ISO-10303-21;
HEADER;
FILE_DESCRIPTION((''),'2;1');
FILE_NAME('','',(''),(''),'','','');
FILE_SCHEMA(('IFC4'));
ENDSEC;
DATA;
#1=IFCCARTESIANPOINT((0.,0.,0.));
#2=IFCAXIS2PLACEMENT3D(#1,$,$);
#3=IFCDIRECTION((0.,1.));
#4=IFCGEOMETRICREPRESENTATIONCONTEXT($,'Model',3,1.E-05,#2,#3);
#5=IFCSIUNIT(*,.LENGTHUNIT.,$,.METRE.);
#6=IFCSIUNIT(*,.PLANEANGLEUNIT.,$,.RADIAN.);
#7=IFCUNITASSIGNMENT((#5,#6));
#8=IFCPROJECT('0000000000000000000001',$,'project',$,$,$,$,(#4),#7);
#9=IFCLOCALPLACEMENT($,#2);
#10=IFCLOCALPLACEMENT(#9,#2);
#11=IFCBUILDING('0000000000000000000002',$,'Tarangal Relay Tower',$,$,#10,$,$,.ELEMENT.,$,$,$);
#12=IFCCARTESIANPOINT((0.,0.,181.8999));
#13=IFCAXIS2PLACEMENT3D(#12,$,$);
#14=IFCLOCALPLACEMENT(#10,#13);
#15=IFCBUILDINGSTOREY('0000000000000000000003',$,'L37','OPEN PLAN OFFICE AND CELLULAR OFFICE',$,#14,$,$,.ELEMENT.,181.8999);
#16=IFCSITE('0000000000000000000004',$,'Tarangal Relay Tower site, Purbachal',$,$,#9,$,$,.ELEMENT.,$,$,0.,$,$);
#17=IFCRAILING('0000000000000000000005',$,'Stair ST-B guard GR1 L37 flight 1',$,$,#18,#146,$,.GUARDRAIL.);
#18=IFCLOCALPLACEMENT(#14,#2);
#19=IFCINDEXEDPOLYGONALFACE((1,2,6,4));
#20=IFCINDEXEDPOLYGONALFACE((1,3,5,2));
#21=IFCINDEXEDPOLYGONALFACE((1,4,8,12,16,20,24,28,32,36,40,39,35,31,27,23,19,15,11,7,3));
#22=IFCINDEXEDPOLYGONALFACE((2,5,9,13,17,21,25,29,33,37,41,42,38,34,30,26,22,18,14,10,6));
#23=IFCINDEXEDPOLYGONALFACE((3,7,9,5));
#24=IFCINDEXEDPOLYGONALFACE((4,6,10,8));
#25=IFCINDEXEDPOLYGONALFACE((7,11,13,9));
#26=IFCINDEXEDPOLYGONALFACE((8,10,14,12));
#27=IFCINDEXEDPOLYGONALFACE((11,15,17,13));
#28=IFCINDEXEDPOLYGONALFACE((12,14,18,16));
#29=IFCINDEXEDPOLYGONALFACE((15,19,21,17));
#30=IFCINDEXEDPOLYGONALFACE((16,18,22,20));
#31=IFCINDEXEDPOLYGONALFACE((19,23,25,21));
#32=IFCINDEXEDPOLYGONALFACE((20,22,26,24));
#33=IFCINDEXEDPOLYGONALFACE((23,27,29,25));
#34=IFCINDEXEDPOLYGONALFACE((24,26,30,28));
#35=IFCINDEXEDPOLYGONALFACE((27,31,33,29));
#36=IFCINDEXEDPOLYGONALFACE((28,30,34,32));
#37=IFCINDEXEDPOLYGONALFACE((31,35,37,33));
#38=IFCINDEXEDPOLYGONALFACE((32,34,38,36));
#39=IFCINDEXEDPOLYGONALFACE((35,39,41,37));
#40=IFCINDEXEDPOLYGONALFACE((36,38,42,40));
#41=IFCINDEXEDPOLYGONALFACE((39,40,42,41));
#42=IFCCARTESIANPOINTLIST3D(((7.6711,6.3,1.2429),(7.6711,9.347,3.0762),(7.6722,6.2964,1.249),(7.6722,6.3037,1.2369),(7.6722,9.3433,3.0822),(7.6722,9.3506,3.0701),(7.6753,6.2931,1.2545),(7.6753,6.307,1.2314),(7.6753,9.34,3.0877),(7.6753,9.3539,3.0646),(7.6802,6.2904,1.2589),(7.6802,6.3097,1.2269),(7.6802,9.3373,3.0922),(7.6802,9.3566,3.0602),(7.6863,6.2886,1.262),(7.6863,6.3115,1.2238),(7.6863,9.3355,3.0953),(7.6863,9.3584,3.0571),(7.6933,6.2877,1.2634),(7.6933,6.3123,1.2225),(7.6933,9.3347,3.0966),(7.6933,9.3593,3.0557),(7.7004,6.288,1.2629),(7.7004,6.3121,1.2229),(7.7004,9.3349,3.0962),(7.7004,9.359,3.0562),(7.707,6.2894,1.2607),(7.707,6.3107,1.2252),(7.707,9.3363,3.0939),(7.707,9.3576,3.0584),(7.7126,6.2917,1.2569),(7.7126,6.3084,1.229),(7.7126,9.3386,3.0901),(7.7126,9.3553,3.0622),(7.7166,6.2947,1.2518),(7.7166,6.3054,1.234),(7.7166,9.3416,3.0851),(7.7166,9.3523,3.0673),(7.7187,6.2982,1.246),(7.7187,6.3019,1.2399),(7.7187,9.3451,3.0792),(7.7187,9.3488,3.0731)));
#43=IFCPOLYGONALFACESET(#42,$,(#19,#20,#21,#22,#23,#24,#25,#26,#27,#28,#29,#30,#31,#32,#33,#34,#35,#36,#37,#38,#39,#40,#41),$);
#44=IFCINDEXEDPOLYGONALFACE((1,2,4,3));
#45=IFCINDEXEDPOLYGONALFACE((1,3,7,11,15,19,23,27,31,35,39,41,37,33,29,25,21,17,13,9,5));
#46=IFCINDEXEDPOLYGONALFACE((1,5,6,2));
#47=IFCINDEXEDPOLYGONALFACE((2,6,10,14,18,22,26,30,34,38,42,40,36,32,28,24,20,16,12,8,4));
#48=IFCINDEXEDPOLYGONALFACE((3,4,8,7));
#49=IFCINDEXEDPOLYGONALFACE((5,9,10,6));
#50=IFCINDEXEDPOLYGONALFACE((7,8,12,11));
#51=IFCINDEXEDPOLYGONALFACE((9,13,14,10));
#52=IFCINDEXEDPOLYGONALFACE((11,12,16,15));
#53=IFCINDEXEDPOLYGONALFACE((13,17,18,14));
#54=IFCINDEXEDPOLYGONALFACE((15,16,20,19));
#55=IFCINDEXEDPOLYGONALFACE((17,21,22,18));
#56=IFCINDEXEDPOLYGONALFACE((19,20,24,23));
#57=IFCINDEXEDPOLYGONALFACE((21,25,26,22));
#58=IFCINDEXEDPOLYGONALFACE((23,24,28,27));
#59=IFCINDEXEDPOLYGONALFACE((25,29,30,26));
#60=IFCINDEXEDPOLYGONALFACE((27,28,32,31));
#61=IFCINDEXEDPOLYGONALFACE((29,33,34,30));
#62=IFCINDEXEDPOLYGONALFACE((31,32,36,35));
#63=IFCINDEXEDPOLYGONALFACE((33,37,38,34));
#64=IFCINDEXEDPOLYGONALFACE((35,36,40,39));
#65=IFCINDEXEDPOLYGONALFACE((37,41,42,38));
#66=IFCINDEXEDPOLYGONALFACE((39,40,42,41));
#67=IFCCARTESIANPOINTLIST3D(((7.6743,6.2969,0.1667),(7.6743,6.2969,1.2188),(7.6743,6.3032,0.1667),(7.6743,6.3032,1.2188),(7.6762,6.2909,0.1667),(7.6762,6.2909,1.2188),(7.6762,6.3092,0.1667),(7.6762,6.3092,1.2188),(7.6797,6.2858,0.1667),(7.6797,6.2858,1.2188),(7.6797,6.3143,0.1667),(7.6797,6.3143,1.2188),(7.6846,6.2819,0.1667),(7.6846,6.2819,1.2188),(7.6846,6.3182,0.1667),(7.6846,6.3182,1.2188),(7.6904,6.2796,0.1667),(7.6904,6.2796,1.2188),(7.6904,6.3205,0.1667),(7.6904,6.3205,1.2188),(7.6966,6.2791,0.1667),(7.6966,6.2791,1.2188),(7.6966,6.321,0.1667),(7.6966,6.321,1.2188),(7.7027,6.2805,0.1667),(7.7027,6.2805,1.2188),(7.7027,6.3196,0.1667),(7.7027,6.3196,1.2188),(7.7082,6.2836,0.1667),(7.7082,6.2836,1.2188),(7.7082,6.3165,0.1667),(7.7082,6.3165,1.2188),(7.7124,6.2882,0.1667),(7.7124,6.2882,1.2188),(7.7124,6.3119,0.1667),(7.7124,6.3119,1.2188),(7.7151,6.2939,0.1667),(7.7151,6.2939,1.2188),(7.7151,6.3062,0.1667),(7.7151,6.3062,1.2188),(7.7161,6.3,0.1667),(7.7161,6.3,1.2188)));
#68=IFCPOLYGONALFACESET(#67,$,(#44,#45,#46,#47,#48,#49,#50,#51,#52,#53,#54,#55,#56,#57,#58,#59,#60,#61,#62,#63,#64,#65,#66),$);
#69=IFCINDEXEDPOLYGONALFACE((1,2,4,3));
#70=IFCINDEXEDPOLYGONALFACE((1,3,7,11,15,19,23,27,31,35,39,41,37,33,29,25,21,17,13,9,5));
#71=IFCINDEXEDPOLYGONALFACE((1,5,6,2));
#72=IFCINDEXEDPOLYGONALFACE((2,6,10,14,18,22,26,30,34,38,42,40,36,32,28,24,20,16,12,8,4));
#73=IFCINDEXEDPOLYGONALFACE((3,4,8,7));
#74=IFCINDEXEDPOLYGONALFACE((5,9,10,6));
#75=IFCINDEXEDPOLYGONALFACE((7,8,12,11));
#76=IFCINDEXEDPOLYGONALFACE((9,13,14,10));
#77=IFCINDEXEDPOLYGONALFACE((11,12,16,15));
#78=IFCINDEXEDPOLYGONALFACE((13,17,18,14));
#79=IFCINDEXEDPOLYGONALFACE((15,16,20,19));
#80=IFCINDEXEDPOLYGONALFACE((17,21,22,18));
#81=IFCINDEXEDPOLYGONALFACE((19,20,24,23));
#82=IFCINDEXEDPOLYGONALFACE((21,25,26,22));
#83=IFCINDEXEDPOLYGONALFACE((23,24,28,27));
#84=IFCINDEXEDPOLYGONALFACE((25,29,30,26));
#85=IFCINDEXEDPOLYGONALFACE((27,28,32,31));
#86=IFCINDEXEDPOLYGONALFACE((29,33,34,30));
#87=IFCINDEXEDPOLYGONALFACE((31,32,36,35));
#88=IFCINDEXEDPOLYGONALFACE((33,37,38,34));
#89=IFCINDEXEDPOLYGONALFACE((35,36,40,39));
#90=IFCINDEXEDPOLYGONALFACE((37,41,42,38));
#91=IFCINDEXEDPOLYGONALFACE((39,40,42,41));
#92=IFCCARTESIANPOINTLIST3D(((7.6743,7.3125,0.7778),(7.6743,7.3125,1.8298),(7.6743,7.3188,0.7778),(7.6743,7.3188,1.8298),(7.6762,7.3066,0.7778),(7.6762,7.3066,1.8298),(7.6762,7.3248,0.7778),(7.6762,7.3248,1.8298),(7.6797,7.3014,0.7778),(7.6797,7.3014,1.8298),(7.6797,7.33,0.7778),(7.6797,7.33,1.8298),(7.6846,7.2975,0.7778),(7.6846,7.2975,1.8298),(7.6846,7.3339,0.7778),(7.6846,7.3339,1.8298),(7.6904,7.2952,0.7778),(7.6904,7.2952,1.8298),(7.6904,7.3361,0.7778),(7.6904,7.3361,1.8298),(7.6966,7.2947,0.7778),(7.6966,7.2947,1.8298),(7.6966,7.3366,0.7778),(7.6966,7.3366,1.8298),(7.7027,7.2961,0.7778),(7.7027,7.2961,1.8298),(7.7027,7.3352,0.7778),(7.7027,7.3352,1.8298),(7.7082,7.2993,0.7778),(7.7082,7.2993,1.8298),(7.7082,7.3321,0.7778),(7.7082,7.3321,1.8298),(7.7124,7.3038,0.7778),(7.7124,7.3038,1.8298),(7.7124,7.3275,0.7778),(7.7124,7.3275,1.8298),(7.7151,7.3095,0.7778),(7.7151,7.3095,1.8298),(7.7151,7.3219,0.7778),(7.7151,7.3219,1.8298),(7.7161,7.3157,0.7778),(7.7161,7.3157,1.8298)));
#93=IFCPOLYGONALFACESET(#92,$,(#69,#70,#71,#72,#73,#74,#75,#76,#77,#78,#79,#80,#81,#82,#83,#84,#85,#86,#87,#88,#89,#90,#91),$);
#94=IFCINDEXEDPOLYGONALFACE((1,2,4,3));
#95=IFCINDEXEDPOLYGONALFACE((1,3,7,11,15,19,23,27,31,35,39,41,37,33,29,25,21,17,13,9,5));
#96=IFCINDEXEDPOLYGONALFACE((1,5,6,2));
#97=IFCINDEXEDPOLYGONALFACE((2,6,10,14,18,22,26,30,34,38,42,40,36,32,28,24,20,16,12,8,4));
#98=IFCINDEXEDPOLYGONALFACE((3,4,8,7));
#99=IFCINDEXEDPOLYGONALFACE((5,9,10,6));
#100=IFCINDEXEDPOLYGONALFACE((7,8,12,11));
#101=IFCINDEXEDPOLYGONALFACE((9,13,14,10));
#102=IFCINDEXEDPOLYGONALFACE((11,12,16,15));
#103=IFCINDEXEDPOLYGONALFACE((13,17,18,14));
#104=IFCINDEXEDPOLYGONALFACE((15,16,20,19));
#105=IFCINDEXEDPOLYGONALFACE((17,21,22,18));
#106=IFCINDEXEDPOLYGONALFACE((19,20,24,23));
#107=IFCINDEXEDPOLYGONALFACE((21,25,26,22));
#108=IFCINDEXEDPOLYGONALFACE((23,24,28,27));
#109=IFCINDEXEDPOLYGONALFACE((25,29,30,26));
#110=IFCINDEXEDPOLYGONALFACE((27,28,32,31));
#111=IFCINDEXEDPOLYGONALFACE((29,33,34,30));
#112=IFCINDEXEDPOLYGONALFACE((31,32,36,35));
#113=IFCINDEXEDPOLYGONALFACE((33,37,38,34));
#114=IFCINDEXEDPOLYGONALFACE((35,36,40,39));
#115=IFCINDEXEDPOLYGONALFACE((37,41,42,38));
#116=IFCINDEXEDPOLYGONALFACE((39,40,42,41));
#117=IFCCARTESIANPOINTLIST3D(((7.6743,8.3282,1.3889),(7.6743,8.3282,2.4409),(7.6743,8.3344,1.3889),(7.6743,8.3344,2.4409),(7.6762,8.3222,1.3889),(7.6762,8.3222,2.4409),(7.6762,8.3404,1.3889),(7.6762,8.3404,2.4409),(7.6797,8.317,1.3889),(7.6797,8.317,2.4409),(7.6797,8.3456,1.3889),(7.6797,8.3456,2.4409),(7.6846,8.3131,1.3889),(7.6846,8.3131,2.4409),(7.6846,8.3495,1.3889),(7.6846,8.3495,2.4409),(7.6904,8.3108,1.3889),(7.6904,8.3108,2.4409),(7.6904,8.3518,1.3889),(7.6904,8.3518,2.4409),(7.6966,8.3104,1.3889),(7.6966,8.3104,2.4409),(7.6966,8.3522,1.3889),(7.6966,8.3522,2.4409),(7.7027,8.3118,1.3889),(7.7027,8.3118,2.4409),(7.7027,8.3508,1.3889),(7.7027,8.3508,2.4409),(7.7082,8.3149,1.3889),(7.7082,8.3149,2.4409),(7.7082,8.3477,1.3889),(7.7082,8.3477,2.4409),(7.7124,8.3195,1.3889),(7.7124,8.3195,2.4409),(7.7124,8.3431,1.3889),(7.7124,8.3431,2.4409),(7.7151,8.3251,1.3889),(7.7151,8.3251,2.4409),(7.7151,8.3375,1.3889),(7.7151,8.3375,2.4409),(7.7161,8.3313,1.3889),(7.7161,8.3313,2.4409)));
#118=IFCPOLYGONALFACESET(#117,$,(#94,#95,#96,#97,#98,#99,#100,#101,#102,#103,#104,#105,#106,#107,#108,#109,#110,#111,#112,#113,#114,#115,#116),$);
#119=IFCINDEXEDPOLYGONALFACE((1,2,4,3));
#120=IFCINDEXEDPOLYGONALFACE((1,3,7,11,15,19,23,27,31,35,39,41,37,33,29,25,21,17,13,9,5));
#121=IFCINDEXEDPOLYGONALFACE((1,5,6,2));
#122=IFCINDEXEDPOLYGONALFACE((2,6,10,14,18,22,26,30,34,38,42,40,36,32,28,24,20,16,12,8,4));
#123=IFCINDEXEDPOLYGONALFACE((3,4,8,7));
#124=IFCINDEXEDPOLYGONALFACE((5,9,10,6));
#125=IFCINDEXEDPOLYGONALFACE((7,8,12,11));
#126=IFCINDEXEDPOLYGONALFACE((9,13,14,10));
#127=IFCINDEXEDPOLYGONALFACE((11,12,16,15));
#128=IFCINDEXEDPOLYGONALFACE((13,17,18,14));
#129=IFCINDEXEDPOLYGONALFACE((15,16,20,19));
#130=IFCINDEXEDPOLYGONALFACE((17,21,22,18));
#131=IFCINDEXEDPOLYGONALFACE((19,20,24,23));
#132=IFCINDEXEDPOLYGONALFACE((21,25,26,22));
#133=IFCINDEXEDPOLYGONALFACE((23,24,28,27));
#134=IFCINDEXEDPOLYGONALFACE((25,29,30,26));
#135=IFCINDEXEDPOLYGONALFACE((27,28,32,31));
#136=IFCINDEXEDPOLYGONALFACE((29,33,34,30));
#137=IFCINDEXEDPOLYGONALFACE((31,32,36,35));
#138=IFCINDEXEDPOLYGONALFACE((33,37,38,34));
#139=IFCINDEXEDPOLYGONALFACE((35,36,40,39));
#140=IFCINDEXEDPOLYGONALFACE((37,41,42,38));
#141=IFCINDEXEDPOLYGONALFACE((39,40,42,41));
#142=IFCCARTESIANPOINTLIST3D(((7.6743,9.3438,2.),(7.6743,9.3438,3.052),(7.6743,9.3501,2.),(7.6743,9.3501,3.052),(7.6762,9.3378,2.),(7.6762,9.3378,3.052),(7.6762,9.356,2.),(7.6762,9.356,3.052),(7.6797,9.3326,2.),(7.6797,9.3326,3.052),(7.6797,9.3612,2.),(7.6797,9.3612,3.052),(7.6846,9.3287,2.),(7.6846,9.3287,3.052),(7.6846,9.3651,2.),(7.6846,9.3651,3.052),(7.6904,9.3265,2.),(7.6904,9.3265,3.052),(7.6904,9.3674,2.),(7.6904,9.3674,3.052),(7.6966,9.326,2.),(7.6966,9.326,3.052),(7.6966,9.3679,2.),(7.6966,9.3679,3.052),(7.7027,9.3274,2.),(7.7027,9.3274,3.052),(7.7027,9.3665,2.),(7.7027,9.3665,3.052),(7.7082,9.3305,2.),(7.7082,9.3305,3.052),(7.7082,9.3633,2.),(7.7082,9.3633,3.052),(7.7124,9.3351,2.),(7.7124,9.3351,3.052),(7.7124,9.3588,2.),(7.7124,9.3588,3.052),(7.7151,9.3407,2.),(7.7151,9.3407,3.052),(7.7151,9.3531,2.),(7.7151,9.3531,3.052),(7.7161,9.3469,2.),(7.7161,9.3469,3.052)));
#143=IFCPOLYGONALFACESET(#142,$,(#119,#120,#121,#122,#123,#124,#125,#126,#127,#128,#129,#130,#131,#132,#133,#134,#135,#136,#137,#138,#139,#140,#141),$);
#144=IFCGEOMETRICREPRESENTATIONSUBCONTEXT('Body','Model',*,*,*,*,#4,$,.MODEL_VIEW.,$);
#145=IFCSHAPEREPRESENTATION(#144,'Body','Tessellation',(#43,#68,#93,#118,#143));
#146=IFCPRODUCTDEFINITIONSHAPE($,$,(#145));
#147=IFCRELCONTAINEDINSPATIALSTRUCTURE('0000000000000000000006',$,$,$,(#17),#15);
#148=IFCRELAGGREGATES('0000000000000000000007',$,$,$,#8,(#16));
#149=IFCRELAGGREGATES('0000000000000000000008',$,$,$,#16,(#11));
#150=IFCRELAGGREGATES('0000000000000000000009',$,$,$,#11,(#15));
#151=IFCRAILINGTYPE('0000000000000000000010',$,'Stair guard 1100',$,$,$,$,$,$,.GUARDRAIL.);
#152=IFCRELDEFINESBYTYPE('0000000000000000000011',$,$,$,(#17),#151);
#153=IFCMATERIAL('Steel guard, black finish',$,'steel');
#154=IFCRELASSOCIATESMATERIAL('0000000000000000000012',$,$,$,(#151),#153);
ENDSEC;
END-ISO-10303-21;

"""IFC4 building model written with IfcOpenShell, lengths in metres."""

from ifc_helpers import new_model, si_unit, direction, frame, origin, origin_2d, place, context, subcontext, project, spatial, circle, extrude, material, type_object, element, save


model = new_model("IFC4")

# Units and contexts
model_context = context("Model", 3, precision=1e-05, world=origin(), true_north=direction((0.0, 1.0)))
body_context = subcontext(model_context, "Body", "Model", "MODEL_VIEW")
ifc_project = project(units=[si_unit("LENGTHUNIT", "METRE"), si_unit("PLANEANGLEUNIT", "RADIAN")], contexts=[model_context])

# Site, building, storey
site_placement = place(None, origin())
site = spatial("IfcSite", under=ifc_project, at=site_placement, Name="Tarangal Relay Tower site, Purbachal", CompositionType="ELEMENT", RefElevation=0.0)
building_placement = place(site_placement, origin())
building = spatial("IfcBuilding", under=site, at=building_placement, Name="Tarangal Relay Tower", CompositionType="ELEMENT")
storey_placement = place(building_placement, frame((0.0, 0.0, 181.8999)))
storey = spatial("IfcBuildingStorey", under=building, at=storey_placement, Name="L37", Description="OPEN PLAN OFFICE AND CELLULAR OFFICE", CompositionType="ELEMENT", Elevation=181.8999)

# Railing
ifc_material_1 = material(Name="Steel guard, black finish", Category="steel")
railing_type_1 = type_object("IfcRailingType", Name="Stair guard 1100", PredefinedType="GUARDRAIL", material=ifc_material_1)
railing_1_placement = place(storey_placement, frame((7.6951, 6.3, 0.1667)))
element("IfcRailing", 1, at=railing_1_placement, inside=storey, type_object=railing_type_1, Name="Stair ST-B guard GR1 L37 flight 1", PredefinedType="GUARDRAIL", context=body_context, shape_type="SweptSolid", body=[
    extrude(circle(Radius=0.0239, at=origin_2d()), frame((0.0, 0.0, 1.0762), z_axis=(0.0, 0.856856, 0.515556), x_axis=(-1.0, 0.0, 0.0)), (0.0, 0.0, 1.0), 3.5559),
    extrude(circle(Radius=0.021, at=origin_2d()), origin(), (0.0, 0.0, 1.0), 1.052),
    extrude(circle(Radius=0.021, at=origin_2d()), frame((0.0, 1.0156, 0.6111)), (0.0, 0.0, 1.0), 1.052),
    extrude(circle(Radius=0.021, at=origin_2d()), frame((0.0, 2.0312, 1.2222)), (0.0, 0.0, 1.0), 1.052),
    extrude(circle(Radius=0.021, at=origin_2d()), frame((0.0, 3.0469, 1.8333)), (0.0, 0.0, 1.0), 1.052),
])

save(model, "model.ifc")
